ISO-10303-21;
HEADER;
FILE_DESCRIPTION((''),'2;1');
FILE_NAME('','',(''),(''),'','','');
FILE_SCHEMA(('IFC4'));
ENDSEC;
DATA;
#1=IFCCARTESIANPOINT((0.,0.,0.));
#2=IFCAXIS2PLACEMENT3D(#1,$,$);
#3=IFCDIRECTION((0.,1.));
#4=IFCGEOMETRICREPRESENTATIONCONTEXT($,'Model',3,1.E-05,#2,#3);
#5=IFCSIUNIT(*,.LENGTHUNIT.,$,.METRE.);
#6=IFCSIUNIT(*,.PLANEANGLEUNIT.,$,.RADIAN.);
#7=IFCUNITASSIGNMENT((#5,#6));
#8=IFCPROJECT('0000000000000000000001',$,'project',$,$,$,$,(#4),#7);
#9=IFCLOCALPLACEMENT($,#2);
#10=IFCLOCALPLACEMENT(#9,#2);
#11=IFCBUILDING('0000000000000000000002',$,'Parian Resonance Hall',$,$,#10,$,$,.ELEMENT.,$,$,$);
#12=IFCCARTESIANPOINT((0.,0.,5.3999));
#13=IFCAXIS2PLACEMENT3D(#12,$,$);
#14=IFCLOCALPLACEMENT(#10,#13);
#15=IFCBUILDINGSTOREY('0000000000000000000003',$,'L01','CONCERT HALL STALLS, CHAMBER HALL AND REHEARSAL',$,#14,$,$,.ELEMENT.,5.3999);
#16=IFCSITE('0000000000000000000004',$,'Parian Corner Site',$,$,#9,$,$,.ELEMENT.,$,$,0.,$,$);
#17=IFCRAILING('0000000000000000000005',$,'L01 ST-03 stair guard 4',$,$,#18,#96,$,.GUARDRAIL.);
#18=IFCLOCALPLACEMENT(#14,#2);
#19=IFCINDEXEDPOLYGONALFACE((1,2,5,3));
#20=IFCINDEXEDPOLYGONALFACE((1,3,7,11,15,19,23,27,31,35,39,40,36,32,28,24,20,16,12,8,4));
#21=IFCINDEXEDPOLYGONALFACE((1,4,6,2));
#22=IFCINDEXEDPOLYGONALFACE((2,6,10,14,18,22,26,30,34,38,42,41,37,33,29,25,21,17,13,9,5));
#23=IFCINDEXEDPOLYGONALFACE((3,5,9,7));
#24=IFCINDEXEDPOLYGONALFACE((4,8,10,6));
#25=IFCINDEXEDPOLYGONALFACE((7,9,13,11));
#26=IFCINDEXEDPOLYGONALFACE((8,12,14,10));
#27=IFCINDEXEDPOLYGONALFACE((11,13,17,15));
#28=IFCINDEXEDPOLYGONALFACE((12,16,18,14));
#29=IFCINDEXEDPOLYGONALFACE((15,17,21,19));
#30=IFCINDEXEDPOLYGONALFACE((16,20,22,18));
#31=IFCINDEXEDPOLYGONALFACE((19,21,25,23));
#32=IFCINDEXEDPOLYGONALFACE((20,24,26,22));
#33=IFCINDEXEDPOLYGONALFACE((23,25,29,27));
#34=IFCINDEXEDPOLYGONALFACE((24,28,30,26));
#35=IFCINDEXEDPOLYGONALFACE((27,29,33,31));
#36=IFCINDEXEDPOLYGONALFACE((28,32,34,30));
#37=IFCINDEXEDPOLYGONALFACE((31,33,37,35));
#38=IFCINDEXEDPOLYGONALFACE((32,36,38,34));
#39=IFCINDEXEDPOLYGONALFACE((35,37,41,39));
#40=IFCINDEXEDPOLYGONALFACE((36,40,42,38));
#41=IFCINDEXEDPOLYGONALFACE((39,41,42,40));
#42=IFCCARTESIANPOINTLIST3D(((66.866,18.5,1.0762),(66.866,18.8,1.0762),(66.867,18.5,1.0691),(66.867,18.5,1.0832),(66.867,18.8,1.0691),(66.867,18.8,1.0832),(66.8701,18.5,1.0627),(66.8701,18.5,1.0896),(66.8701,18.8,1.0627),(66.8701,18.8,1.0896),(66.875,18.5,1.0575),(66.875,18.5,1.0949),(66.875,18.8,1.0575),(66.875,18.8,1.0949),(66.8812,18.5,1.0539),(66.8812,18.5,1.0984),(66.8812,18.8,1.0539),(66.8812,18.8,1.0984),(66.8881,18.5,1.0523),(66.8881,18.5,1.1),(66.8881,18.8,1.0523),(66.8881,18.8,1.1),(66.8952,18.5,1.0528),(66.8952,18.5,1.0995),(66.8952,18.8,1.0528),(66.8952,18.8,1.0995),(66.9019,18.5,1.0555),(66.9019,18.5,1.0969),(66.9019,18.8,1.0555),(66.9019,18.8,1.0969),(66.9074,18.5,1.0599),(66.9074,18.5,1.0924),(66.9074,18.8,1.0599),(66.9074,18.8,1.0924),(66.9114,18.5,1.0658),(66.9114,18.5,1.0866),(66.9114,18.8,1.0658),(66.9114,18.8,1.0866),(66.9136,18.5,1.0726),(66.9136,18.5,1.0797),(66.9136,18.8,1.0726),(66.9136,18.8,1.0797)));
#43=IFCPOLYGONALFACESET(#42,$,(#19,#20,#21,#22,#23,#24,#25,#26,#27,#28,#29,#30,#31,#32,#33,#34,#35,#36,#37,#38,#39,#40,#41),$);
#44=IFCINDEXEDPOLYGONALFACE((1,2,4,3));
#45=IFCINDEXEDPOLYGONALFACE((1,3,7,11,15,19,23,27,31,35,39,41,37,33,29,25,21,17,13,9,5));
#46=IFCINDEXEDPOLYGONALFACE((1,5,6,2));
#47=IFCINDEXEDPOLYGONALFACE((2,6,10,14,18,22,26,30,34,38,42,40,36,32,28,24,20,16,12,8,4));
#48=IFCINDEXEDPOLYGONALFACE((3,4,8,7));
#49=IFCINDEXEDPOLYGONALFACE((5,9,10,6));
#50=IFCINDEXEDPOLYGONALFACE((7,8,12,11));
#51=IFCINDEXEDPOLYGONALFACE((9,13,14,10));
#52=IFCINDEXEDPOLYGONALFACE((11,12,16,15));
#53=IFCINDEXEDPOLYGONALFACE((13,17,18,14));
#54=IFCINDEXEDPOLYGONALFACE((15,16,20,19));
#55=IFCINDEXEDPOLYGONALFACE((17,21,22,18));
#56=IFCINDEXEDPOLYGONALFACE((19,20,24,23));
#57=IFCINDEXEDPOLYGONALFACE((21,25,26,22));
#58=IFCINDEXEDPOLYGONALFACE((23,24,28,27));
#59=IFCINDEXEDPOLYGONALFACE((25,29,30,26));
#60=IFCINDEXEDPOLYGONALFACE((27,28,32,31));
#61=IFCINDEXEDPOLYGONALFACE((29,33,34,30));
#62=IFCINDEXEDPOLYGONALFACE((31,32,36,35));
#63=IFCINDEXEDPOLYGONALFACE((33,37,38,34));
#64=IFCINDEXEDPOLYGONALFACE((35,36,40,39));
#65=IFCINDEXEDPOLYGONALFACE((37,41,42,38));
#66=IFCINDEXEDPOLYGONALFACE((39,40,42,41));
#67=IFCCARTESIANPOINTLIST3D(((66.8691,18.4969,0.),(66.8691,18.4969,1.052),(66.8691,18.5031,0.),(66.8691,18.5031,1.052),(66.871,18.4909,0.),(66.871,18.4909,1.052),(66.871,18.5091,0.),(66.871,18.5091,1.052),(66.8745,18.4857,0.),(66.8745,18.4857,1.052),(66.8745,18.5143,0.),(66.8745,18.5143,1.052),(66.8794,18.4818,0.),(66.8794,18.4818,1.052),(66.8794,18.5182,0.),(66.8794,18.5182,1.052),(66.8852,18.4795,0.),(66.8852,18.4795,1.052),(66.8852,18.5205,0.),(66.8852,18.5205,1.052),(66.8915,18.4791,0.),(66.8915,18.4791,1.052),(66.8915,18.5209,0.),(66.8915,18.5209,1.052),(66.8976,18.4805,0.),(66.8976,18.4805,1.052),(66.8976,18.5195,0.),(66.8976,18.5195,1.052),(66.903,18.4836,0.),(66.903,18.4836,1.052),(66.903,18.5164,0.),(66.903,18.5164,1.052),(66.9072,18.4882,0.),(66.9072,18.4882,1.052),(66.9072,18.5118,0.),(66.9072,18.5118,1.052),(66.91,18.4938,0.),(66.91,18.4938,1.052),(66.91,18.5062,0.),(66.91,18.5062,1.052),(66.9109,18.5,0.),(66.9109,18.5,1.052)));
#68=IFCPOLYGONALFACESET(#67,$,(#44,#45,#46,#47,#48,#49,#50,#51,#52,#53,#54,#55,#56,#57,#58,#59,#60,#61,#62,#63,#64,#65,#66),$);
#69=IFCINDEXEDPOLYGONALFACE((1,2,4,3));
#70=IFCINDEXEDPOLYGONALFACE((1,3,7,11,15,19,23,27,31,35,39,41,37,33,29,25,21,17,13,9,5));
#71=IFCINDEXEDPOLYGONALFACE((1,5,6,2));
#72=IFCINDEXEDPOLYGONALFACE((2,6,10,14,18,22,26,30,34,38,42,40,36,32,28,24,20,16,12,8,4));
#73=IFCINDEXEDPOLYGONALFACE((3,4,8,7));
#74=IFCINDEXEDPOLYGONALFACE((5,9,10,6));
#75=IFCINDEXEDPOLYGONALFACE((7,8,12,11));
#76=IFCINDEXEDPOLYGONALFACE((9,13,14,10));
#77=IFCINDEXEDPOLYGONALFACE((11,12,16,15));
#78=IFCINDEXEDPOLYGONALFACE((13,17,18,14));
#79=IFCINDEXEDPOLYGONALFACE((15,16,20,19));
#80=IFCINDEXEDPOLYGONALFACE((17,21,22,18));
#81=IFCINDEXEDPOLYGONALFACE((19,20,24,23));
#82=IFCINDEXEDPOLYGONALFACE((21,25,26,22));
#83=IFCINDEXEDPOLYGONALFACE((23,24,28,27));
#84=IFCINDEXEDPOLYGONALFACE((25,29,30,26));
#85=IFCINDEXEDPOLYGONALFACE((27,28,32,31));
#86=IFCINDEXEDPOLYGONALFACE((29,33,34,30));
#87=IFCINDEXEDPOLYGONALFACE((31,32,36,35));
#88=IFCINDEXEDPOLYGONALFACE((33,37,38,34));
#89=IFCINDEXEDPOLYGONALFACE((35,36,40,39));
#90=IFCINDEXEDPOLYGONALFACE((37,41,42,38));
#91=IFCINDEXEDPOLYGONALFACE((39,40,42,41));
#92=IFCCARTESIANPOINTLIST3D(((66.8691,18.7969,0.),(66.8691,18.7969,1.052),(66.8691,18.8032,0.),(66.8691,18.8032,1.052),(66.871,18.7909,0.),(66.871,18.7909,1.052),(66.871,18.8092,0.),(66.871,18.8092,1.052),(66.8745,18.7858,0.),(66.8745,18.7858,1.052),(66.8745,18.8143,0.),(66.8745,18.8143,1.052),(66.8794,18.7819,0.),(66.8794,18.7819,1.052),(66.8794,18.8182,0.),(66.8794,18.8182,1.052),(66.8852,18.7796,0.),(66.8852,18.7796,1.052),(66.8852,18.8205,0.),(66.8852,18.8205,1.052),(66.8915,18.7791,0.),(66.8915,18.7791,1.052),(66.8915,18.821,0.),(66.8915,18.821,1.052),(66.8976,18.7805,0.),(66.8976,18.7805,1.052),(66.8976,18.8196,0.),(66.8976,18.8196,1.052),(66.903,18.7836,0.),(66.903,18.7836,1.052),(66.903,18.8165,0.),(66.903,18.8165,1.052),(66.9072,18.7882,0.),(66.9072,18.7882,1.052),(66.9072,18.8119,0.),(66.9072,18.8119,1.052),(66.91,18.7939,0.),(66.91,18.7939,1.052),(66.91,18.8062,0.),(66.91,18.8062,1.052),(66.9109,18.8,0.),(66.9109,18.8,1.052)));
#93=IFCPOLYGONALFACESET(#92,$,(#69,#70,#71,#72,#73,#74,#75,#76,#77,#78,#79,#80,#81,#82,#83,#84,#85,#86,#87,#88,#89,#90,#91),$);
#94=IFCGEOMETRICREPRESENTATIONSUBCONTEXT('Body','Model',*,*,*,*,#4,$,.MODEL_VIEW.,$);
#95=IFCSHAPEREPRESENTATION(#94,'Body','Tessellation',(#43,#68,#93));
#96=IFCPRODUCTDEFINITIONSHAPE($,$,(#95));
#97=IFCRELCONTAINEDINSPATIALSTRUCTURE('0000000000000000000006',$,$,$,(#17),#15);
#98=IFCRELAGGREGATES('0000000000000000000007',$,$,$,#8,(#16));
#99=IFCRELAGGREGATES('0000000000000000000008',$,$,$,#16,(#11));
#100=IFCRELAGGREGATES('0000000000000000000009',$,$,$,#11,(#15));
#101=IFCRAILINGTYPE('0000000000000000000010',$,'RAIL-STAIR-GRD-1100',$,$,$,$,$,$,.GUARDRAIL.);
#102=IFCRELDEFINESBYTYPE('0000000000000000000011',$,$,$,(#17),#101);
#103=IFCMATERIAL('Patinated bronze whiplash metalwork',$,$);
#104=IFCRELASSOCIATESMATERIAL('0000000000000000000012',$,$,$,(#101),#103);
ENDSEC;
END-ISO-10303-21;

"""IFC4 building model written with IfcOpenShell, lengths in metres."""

from ifc_helpers import new_model, si_unit, direction, frame, origin, origin_2d, place, context, subcontext, project, spatial, circle, extrude, material, type_object, element, save


model = new_model("IFC4")

# Units and contexts
model_context = context("Model", 3, precision=1e-05, world=origin(), true_north=direction((0.0, 1.0)))
body_context = subcontext(model_context, "Body", "Model", "MODEL_VIEW")
ifc_project = project(units=[si_unit("LENGTHUNIT", "METRE"), si_unit("PLANEANGLEUNIT", "RADIAN")], contexts=[model_context])

# Site, building, storey
site_placement = place(None, origin())
site = spatial("IfcSite", under=ifc_project, at=site_placement, Name="Parian Corner Site", CompositionType="ELEMENT", RefElevation=0.0)
building_placement = place(site_placement, origin())
building = spatial("IfcBuilding", under=site, at=building_placement, Name="Parian Resonance Hall", CompositionType="ELEMENT")
storey_placement = place(building_placement, frame((0.0, 0.0, 5.3999)))
storey = spatial("IfcBuildingStorey", under=building, at=storey_placement, Name="L01", Description="CONCERT HALL STALLS, CHAMBER HALL AND REHEARSAL", CompositionType="ELEMENT", Elevation=5.3999)

# Railing
ifc_material_1 = material(Name="Patinated bronze whiplash metalwork")
railing_type_1 = type_object("IfcRailingType", Name="RAIL-STAIR-GRD-1100", PredefinedType="GUARDRAIL", material=ifc_material_1)
railing_1_placement = place(storey_placement, frame((66.8899, 18.5, 0.0)))
element("IfcRailing", 1, at=railing_1_placement, inside=storey, type_object=railing_type_1, Name="L01 ST-03 stair guard 4", PredefinedType="GUARDRAIL", context=body_context, shape_type="SweptSolid", body=[
    extrude(circle(Radius=0.0239, at=origin_2d()), frame((0.0, 0.0, 1.0762), z_axis=(0.0, 1.0, 0.0), x_axis=(-1.0, 0.0, 0.0)), (0.0, 0.0, 1.0), 0.3),
    extrude(circle(Radius=0.021, at=origin_2d()), origin(), (0.0, 0.0, 1.0), 1.052),
    extrude(circle(Radius=0.021, at=origin_2d()), frame((0.0, 0.3, 0.0)), (0.0, 0.0, 1.0), 1.052),
])

save(model, "model.ifc")
